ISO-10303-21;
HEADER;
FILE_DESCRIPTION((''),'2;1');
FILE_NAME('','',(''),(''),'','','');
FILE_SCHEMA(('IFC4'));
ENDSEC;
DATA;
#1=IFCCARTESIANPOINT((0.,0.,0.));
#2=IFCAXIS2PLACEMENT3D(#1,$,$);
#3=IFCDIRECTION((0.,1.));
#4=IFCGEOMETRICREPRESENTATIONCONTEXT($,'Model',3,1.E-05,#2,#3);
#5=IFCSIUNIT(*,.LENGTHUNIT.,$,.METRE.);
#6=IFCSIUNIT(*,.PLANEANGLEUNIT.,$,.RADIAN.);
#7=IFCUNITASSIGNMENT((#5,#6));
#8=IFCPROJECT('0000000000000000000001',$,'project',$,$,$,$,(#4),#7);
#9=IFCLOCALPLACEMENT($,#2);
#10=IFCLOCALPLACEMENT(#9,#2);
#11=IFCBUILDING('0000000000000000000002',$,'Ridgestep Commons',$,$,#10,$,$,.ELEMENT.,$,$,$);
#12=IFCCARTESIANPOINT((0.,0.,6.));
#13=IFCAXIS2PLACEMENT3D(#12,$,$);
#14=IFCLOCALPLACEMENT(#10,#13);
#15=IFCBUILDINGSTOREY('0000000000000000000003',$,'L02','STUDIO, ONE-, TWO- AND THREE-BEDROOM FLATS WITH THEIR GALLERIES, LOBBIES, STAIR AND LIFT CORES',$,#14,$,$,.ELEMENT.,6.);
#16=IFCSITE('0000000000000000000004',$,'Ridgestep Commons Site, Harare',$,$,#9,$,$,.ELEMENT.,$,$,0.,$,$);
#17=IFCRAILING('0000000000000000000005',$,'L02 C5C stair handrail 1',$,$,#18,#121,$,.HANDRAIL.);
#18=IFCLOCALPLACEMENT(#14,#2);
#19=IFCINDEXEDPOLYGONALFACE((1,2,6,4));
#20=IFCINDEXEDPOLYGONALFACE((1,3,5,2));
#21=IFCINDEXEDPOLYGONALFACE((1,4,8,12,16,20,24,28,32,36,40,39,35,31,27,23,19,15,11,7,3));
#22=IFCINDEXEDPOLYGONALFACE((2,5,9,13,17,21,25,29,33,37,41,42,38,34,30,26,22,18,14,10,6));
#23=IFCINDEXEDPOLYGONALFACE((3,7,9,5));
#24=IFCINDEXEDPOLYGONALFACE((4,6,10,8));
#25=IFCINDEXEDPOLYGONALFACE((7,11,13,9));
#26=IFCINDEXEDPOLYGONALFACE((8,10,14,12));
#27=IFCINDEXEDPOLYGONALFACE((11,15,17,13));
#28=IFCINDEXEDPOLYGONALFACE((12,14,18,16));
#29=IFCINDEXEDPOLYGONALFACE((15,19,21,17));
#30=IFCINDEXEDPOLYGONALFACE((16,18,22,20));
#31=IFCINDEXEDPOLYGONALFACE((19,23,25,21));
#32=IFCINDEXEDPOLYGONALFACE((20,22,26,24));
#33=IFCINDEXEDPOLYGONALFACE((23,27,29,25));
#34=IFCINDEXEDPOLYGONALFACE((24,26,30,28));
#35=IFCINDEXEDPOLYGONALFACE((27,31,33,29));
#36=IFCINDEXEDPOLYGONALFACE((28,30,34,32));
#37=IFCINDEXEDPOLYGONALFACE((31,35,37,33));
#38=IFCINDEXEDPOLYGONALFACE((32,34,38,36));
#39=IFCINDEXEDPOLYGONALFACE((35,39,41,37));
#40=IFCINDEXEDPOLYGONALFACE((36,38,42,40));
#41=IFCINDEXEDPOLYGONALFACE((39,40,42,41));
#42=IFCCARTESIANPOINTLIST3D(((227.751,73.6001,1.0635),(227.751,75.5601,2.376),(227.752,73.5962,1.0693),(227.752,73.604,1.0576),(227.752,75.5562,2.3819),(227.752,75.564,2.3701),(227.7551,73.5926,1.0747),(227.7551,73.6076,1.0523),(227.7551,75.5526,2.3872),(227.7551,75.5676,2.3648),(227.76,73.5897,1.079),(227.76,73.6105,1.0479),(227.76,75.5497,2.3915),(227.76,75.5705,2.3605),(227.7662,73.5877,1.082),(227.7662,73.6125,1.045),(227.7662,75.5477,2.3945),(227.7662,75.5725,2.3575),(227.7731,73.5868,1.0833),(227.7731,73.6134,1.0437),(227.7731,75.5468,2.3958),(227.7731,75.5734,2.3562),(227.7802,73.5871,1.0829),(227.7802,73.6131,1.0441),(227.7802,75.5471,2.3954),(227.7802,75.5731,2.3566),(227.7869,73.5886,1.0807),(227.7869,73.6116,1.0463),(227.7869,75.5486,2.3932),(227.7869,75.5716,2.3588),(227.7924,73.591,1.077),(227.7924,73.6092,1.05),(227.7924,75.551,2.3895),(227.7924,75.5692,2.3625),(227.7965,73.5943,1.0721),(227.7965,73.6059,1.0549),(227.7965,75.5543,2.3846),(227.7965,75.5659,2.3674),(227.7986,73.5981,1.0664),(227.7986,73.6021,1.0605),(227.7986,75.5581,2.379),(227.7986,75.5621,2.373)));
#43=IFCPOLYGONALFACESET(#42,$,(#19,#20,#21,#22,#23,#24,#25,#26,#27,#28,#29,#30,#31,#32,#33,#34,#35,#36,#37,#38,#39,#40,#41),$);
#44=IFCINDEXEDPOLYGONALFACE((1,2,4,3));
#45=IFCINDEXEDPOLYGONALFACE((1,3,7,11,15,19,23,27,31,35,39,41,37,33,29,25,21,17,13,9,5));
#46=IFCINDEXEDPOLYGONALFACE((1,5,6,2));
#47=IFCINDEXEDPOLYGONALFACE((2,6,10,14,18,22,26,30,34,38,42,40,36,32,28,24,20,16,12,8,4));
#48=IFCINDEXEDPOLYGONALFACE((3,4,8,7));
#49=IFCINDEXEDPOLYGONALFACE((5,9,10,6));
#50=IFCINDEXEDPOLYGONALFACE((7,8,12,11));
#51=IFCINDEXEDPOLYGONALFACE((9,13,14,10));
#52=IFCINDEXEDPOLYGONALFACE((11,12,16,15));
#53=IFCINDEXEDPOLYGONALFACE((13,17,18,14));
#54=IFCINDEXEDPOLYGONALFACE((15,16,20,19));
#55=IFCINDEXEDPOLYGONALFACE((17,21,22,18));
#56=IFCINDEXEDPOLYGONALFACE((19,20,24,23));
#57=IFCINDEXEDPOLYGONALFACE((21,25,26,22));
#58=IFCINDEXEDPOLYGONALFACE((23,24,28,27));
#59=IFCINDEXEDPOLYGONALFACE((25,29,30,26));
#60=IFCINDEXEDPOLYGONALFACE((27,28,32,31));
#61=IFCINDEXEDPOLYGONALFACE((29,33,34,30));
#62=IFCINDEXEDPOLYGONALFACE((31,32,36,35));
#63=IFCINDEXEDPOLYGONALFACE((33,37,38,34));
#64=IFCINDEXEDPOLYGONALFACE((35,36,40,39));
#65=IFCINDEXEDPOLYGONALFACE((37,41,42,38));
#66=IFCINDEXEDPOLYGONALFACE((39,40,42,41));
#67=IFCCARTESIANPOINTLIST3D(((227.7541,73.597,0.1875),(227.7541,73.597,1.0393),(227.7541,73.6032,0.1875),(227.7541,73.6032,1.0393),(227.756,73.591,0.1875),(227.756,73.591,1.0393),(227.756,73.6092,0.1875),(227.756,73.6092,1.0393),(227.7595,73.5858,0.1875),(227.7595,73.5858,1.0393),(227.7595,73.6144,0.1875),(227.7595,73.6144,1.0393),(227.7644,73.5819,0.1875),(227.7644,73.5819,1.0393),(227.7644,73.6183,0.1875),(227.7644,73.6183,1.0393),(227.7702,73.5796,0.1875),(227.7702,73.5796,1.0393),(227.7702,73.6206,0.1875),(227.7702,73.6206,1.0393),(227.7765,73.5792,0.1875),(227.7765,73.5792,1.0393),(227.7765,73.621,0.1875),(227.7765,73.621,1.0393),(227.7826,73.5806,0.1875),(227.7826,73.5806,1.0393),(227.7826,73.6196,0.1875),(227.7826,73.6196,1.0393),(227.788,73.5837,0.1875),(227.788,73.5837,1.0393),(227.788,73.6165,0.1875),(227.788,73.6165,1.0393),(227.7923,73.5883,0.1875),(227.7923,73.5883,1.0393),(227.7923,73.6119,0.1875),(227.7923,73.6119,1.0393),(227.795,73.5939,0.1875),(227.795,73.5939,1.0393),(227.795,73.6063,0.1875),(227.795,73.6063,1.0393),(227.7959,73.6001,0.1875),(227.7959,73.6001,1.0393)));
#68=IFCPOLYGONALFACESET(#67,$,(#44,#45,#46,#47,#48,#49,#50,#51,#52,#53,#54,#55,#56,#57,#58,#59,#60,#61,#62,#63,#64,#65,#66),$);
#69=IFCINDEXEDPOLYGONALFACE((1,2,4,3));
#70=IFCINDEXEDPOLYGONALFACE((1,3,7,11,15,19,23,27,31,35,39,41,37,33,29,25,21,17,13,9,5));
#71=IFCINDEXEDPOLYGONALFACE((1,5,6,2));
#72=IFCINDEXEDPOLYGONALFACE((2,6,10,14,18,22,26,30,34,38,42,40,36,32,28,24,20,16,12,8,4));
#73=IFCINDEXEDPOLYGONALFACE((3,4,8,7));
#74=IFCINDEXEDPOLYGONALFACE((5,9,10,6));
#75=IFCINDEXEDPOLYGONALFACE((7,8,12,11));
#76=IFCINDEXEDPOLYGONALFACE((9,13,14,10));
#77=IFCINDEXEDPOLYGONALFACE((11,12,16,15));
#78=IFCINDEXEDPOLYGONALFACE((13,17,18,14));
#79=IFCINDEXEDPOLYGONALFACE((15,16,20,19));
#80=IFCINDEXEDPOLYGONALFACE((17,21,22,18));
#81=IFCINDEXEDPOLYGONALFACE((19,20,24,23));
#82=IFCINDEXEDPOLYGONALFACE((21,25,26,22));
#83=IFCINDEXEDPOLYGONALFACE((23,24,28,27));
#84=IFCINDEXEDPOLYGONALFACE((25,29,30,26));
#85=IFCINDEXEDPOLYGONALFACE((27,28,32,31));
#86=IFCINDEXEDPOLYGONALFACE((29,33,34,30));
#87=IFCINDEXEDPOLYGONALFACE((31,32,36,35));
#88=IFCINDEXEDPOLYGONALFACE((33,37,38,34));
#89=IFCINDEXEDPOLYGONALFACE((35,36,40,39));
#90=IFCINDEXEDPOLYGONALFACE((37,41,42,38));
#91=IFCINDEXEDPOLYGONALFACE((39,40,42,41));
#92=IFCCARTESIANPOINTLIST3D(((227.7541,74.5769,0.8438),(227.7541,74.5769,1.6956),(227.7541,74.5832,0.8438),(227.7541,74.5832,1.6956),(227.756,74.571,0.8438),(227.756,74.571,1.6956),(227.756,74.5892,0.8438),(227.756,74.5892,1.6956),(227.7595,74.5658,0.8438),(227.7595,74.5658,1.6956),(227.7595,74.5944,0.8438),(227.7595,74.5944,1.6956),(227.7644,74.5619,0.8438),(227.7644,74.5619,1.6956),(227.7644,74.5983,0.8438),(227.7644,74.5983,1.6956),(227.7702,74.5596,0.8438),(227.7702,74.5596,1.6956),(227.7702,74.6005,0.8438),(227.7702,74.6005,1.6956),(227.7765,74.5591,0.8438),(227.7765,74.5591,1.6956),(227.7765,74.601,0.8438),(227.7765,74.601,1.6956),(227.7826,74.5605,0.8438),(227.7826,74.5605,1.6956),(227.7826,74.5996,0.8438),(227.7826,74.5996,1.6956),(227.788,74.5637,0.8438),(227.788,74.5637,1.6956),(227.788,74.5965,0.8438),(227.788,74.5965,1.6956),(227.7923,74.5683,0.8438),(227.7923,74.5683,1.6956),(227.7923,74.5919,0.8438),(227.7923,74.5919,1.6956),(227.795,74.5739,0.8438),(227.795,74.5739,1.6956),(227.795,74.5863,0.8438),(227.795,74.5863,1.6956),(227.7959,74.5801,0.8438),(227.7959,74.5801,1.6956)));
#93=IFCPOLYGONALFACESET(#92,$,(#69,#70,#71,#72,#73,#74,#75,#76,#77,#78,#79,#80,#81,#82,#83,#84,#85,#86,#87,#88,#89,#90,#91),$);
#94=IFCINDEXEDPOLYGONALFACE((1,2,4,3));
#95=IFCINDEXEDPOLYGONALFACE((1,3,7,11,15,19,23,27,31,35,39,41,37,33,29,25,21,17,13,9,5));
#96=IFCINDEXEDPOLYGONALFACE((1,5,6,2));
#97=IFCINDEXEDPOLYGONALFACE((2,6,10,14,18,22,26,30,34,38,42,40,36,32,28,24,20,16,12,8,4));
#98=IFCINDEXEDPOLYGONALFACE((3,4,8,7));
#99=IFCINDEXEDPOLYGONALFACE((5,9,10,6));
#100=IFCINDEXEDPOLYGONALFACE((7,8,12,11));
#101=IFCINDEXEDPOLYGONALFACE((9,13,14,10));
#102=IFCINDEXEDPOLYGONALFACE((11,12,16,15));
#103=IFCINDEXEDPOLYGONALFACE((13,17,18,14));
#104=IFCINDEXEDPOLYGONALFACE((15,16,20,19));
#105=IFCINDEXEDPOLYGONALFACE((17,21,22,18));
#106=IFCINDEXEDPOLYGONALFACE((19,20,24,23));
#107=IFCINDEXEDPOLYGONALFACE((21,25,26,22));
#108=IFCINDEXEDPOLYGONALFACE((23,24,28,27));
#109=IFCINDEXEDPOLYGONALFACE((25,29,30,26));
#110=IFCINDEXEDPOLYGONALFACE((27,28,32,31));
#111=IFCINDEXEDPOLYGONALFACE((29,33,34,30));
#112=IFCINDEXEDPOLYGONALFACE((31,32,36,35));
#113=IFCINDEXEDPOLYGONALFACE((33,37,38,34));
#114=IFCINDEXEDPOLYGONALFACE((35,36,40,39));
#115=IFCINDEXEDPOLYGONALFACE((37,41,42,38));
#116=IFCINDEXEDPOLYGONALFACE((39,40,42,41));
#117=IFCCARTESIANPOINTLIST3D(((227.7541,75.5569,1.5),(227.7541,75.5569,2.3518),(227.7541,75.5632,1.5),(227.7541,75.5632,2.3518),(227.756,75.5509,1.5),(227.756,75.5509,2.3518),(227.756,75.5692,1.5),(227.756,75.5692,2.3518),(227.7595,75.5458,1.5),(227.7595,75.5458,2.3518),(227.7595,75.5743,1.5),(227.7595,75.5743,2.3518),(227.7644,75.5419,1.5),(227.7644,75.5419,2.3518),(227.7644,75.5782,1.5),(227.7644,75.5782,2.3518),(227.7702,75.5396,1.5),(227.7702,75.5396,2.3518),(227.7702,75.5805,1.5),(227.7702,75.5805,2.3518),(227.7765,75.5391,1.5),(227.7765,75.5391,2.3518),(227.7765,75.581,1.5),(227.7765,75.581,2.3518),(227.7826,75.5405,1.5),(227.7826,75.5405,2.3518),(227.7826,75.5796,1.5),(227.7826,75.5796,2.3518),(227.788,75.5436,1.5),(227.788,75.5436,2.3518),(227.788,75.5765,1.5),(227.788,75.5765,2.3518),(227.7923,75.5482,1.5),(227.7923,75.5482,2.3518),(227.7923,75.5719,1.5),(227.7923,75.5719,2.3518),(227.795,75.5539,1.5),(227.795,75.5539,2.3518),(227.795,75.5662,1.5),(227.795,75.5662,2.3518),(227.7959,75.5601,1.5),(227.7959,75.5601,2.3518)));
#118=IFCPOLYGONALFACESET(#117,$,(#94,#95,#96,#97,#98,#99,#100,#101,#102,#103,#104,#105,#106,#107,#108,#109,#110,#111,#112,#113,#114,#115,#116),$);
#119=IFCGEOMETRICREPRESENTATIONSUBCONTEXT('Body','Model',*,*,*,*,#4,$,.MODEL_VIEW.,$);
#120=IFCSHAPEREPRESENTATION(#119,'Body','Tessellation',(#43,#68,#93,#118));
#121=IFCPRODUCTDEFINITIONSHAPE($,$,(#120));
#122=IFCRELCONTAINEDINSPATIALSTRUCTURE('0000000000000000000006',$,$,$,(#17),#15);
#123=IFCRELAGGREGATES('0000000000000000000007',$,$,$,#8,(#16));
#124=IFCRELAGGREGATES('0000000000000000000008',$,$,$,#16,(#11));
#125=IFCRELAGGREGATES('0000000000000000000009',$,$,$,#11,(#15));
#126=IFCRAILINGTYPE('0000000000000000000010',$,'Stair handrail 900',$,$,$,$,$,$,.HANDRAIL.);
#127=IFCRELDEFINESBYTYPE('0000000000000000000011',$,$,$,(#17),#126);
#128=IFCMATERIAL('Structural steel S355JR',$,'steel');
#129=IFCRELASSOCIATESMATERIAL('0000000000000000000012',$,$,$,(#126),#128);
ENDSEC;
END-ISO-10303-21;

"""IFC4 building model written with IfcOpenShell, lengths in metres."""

from ifc_helpers import new_model, si_unit, direction, frame, origin, origin_2d, place, context, subcontext, project, spatial, circle, extrude, material, type_object, element, save


model = new_model("IFC4")

# Units and contexts
model_context = context("Model", 3, precision=1e-05, world=origin(), true_north=direction((0.0, 1.0)))
body_context = subcontext(model_context, "Body", "Model", "MODEL_VIEW")
ifc_project = project(units=[si_unit("LENGTHUNIT", "METRE"), si_unit("PLANEANGLEUNIT", "RADIAN")], contexts=[model_context])

# Site, building, storey
site_placement = place(None, origin())
site = spatial("IfcSite", under=ifc_project, at=site_placement, Name="Ridgestep Commons Site, Harare", CompositionType="ELEMENT", RefElevation=0.0)
building_placement = place(site_placement, origin())
building = spatial("IfcBuilding", under=site, at=building_placement, Name="Ridgestep Commons", CompositionType="ELEMENT")
storey_placement = place(building_placement, frame((0.0, 0.0, 6.0)))
storey = spatial("IfcBuildingStorey", under=building, at=storey_placement, Name="L02", Description="STUDIO, ONE-, TWO- AND THREE-BEDROOM FLATS WITH THEIR GALLERIES, LOBBIES, STAIR AND LIFT CORES", CompositionType="ELEMENT", Elevation=6.0)

# Railing
ifc_material_1 = material(Name="Structural steel S355JR", Category="steel")
railing_type_1 = type_object("IfcRailingType", Name="Stair handrail 900", PredefinedType="HANDRAIL", material=ifc_material_1)
railing_1_placement = place(storey_placement, frame((227.7749, 73.6001, 0.1875)))
element("IfcRailing", 1, at=railing_1_placement, inside=storey, type_object=railing_type_1, Name="L02 C5C stair handrail 1", PredefinedType="HANDRAIL", context=body_context, shape_type="SweptSolid", body=[
    extrude(circle(Radius=0.0239, at=origin_2d()), frame((0.0, 0.0, 0.876), z_axis=(0.0, 0.830902, 0.556419), x_axis=(-1.0, 0.0, 0.0)), (0.0, 0.0, 1.0), 2.3589),
    extrude(circle(Radius=0.021, at=origin_2d()), origin(), (0.0, 0.0, 1.0), 0.8518),
    extrude(circle(Radius=0.021, at=origin_2d()), frame((0.0, 0.98, 0.6562)), (0.0, 0.0, 1.0), 0.8518),
    extrude(circle(Radius=0.021, at=origin_2d()), frame((0.0, 1.96, 1.3125)), (0.0, 0.0, 1.0), 0.8518),
])

save(model, "model.ifc")
